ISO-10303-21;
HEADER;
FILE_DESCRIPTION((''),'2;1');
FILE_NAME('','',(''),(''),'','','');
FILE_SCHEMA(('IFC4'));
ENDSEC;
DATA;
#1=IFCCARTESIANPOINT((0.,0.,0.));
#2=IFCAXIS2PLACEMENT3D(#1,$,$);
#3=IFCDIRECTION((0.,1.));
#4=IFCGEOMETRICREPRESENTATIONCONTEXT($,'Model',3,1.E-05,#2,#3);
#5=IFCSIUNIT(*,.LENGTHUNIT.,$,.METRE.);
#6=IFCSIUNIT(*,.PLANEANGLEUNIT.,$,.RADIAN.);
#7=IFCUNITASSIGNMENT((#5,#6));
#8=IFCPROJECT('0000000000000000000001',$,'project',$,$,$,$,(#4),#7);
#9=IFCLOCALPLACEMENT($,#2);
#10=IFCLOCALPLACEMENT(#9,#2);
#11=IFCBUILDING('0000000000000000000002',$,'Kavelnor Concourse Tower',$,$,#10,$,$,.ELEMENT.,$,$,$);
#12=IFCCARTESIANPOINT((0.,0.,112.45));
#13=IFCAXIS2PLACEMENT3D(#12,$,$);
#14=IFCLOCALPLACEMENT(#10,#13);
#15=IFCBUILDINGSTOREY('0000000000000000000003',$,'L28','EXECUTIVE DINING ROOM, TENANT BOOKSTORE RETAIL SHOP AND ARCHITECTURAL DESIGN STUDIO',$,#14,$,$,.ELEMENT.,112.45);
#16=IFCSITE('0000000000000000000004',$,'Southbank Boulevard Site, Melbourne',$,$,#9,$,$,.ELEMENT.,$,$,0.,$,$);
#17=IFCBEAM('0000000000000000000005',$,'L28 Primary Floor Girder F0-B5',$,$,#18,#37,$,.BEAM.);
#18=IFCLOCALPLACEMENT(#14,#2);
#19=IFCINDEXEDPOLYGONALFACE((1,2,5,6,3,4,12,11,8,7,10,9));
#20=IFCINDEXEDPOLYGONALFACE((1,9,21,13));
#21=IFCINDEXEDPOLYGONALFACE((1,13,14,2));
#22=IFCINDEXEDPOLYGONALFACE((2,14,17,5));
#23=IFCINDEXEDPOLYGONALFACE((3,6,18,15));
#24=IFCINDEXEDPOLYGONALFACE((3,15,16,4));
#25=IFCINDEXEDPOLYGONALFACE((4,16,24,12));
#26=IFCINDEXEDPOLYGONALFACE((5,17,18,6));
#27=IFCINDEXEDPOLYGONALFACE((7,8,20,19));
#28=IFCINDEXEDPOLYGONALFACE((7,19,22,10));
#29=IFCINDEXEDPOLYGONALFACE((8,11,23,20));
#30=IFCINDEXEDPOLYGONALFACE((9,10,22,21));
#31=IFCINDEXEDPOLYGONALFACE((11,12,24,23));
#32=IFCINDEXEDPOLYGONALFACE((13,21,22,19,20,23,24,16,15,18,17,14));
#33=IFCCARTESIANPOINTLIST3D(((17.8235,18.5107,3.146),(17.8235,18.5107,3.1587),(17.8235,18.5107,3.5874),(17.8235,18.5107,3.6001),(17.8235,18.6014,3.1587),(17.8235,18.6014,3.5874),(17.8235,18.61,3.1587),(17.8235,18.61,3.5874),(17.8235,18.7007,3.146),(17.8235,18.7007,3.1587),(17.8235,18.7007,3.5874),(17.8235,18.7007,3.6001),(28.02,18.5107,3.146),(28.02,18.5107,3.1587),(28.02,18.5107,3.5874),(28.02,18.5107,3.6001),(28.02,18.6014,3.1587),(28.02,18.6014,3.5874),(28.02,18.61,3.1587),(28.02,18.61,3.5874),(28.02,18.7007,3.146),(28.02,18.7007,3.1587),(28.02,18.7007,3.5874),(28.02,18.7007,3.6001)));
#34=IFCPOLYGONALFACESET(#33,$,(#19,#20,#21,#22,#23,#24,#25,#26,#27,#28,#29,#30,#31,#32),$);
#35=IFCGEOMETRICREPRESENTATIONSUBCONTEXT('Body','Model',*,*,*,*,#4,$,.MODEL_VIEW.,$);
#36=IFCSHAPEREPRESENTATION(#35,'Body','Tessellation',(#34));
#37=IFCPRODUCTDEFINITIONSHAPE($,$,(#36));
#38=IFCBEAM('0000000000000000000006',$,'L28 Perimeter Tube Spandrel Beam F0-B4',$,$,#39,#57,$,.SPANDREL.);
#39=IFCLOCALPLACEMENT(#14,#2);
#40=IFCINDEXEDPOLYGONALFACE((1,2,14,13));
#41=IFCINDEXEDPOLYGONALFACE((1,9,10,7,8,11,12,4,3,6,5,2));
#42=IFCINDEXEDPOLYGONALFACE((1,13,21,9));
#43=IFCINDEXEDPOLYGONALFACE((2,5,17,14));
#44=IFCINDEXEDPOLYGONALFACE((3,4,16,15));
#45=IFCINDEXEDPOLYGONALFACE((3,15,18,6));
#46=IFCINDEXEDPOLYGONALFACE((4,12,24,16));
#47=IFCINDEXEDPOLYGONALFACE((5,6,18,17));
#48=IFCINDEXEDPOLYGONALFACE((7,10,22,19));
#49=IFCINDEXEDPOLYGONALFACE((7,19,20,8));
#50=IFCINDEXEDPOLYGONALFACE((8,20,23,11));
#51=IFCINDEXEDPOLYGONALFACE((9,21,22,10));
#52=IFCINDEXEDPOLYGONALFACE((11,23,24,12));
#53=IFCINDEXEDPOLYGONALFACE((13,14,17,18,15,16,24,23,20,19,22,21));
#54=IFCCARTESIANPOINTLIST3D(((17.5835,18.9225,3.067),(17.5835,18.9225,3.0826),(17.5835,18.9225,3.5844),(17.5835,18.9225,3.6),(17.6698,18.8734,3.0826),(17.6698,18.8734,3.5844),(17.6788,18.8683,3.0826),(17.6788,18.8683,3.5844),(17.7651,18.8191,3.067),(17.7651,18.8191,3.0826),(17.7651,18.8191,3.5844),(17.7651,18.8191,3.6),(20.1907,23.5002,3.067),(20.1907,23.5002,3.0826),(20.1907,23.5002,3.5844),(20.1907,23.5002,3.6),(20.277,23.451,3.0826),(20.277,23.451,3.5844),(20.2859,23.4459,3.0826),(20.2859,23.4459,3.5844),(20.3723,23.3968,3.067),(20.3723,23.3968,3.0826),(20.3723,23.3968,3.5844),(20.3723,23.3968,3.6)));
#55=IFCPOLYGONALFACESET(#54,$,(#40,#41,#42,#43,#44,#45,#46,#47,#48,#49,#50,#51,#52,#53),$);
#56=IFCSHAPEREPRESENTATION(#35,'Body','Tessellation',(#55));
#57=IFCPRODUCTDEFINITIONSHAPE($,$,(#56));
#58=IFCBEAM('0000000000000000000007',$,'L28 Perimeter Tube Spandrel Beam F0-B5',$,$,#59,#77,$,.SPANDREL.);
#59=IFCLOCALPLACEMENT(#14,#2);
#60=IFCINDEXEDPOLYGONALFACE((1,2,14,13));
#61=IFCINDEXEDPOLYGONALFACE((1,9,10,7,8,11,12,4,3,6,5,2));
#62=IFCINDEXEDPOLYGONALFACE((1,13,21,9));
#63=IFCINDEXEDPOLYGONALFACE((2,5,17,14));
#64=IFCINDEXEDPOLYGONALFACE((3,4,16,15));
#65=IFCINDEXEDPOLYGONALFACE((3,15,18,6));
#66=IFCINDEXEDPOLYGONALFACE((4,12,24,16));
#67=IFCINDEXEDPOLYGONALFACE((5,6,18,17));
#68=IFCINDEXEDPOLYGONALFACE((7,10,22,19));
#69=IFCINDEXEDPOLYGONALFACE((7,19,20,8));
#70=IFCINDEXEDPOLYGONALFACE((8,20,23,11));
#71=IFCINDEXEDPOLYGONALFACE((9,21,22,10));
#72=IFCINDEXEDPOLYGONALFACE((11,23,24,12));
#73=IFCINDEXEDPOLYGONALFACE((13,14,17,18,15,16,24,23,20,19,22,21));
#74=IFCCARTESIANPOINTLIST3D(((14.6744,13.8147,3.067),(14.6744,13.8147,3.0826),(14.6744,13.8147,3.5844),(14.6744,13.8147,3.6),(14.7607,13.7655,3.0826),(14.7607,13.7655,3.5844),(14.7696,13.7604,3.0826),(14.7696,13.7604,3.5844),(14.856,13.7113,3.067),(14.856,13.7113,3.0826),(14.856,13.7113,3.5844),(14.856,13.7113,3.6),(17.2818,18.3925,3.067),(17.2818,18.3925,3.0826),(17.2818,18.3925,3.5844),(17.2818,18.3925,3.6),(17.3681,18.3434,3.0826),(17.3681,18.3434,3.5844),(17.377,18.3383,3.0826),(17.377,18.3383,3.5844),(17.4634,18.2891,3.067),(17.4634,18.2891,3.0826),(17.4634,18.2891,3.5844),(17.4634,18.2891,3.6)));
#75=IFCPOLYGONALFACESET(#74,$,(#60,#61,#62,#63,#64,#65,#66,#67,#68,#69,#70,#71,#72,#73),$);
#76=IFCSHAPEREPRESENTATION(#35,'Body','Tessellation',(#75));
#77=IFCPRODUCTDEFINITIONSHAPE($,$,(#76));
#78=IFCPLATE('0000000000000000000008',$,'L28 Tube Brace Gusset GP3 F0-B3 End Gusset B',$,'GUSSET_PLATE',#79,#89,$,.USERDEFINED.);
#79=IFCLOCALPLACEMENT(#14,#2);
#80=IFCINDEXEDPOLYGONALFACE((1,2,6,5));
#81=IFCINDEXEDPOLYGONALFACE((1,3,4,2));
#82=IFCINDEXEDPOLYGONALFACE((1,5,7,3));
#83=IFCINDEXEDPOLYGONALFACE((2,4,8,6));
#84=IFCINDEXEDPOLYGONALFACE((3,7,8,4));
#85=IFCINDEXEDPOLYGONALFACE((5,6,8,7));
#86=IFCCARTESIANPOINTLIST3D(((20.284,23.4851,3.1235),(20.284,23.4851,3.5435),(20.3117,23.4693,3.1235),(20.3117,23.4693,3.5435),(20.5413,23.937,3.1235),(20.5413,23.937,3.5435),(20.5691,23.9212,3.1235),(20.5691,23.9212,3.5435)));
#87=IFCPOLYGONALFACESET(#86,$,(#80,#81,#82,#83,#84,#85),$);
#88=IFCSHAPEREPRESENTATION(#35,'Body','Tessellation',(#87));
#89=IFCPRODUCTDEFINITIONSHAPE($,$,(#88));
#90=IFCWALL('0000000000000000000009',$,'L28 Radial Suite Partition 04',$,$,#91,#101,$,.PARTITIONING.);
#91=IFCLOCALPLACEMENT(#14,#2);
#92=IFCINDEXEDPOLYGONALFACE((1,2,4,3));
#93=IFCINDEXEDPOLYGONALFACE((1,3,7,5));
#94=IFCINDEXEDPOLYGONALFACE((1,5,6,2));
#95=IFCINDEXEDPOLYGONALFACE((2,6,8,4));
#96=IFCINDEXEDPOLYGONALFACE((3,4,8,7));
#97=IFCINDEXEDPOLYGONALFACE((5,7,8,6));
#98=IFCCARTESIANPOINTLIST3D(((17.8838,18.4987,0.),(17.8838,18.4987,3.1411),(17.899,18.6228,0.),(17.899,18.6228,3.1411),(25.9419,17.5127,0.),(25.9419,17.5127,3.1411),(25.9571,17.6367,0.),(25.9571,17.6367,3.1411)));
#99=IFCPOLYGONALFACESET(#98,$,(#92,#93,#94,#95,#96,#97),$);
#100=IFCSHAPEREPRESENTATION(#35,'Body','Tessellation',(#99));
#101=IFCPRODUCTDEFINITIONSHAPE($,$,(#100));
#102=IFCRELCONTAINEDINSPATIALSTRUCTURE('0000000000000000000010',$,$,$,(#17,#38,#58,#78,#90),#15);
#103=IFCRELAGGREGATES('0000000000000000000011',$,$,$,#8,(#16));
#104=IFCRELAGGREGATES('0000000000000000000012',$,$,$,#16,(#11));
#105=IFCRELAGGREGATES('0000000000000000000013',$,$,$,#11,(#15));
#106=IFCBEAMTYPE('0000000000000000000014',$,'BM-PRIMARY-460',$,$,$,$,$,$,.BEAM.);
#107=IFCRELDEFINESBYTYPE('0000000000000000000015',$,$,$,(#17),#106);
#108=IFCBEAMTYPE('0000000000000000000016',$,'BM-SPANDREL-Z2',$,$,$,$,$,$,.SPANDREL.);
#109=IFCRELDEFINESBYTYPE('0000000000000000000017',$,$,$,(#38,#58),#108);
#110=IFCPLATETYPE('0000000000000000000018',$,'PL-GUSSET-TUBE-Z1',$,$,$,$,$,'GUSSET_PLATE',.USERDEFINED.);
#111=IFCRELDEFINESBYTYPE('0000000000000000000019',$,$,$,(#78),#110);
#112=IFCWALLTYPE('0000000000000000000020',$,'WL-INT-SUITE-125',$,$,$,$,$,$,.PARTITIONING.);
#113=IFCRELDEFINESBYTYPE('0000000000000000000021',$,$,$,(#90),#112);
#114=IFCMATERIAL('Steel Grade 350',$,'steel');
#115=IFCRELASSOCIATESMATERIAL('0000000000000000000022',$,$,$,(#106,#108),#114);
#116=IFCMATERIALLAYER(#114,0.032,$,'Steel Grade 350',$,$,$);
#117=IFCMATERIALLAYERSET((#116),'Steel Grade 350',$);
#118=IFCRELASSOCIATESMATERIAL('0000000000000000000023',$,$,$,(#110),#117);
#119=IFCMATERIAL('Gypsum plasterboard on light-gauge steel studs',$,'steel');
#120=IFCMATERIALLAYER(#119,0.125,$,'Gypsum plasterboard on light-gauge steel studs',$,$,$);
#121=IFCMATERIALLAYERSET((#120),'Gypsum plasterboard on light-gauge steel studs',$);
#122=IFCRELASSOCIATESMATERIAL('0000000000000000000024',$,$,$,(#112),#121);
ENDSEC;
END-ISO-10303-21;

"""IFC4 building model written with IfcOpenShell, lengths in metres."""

from ifc_helpers import new_model, si_unit, direction, frame, frame_2d, origin, origin_2d, place, context, subcontext, project, spatial, rectangle, i_section, extrude, material, layer, layer_set, material_profile, profile_set, type_object, element, save


model = new_model("IFC4")

# Units and contexts
model_context = context("Model", 3, precision=1e-05, world=origin(), true_north=direction((0.0, 1.0)))
body_context = subcontext(model_context, "Body", "Model", "MODEL_VIEW")
ifc_project = project(units=[si_unit("LENGTHUNIT", "METRE"), si_unit("PLANEANGLEUNIT", "RADIAN")], contexts=[model_context])

# Site, building, storey
site_placement = place(None, origin())
site = spatial("IfcSite", under=ifc_project, at=site_placement, Name="Southbank Boulevard Site, Melbourne", CompositionType="ELEMENT", RefElevation=0.0)
building_placement = place(site_placement, origin())
building = spatial("IfcBuilding", under=site, at=building_placement, Name="Kavelnor Concourse Tower", CompositionType="ELEMENT")
storey_placement = place(building_placement, frame((0.0, 0.0, 112.45)))
storey = spatial("IfcBuildingStorey", under=building, at=storey_placement, Name="L28", Description="EXECUTIVE DINING ROOM, TENANT BOOKSTORE RETAIL SHOP AND ARCHITECTURAL DESIGN STUDIO", CompositionType="ELEMENT", Elevation=112.45)

# Shared definitions
ifc_material_1 = material(Name="Steel Grade 350", Category="steel")

# Beams
ifc_material_profile_1 = material_profile(ifc_material_1, i_section(OverallWidth=0.1899, OverallDepth=0.4541, WebThickness=0.0085, FlangeThickness=0.0127, at=origin_2d()), Name="460UB67")
ifc_profile_set_1 = profile_set([ifc_material_profile_1], Name="Steel Grade 350")
beam_type_1 = type_object("IfcBeamType", Name="BM-PRIMARY-460", PredefinedType="BEAM", material=ifc_profile_set_1)
beam_1_placement = place(storey_placement, frame((28.02, 18.6057, 3.373), z_axis=(-1.0, 0.0, 0.0), x_axis=(0.0, -1.0, 0.0)))
element("IfcBeam", 1, at=beam_1_placement, inside=storey, type_object=beam_type_1, Name="L28 Primary Floor Girder F0-B5", PredefinedType="BEAM", context=body_context, shape_type="SweptSolid", body=[
    extrude(i_section(OverallWidth=0.1899, OverallDepth=0.4541, WebThickness=0.0085, FlangeThickness=0.0127, at=origin_2d()), origin(), (0.0, 0.0, 1.0), 10.1965),
])
ifc_material_profile_2 = material_profile(ifc_material_1, i_section(OverallWidth=0.209, OverallDepth=0.533, WebThickness=0.0103, FlangeThickness=0.0156, at=origin_2d()), Name="530UB92")
ifc_profile_set_2 = profile_set([ifc_material_profile_2], Name="Steel Grade 350")
beam_type_2 = type_object("IfcBeamType", Name="BM-SPANDREL-Z2", PredefinedType="SPANDREL", material=ifc_profile_set_2)
beam_2_placement = place(storey_placement, frame((20.2815, 23.4485, 3.3335), z_axis=(-0.494906, -0.868947, 0.0), x_axis=(0.868947, -0.494906, 0.0)))
element("IfcBeam", 2, at=beam_2_placement, inside=storey, type_object=beam_type_2, Name="L28 Perimeter Tube Spandrel Beam F0-B4", PredefinedType="SPANDREL", context=body_context, shape_type="SweptSolid", body=[
    extrude(i_section(OverallWidth=0.209, OverallDepth=0.533, WebThickness=0.0103, FlangeThickness=0.0156, at=origin_2d()), origin(), (0.0, 0.0, 1.0), 5.2681),
])
beam_3_placement = place(storey_placement, frame((17.3726, 18.3408, 3.3335), z_axis=(-0.494921, -0.868938, 0.0), x_axis=(0.868938, -0.494921, 0.0)))
element("IfcBeam", 3, at=beam_3_placement, inside=storey, type_object=beam_type_2, Name="L28 Perimeter Tube Spandrel Beam F0-B5", PredefinedType="SPANDREL", context=body_context, shape_type="SweptSolid", body=[
    extrude(i_section(OverallWidth=0.209, OverallDepth=0.533, WebThickness=0.0103, FlangeThickness=0.0156, at=origin_2d()), origin(), (0.0, 0.0, 1.0), 5.2683),
])

# Plate
ifc_layer_1 = layer(ifc_material_1, 0.032, Name="Steel Grade 350")
ifc_layer_set_1 = layer_set([ifc_layer_1], Name="Steel Grade 350")
plate_type = type_object("IfcPlateType", Name="PL-GUSSET-TUBE-Z1", ElementType="GUSSET_PLATE", PredefinedType="USERDEFINED", material=ifc_layer_set_1)
plate_placement = place(storey_placement, frame((20.4265, 23.7031, 3.1235), z_axis=(0.0, 0.0, 1.0), x_axis=(-0.494852, -0.868977, 0.0)))
element("IfcPlate", 4, at=plate_placement, inside=storey, type_object=plate_type, Name="L28 Tube Brace Gusset GP3 F0-B3 End Gusset B", ObjectType="GUSSET_PLATE", PredefinedType="USERDEFINED", context=body_context, shape_type="SweptSolid", body=[
    extrude(rectangle(XDim=0.52, YDim=0.032, at=origin_2d()), origin(), (0.0, 0.0, 1.0), 0.4199),
])

# Wall
ifc_material_2 = material(Name="Gypsum plasterboard on light-gauge steel studs", Category="steel")
ifc_layer_2 = layer(ifc_material_2, 0.125, Name="Gypsum plasterboard on light-gauge steel studs")
ifc_layer_set_2 = layer_set([ifc_layer_2], Name="Gypsum plasterboard on light-gauge steel studs")
wall_type_1 = type_object("IfcWallType", Name="WL-INT-SUITE-125", PredefinedType="PARTITIONING", material=ifc_layer_set_2)
wall_1_placement = place(storey_placement, frame((25.9495, 17.5747, 0.0), z_axis=(0.0, 0.0, 1.0), x_axis=(-0.992596, 0.121466, 0.0)))
element("IfcWall", 5, at=wall_1_placement, inside=storey, type_object=wall_type_1, Name="L28 Radial Suite Partition 04", PredefinedType="PARTITIONING", context=body_context, shape_type="SweptSolid", body=[
    extrude(rectangle(XDim=8.1182, YDim=0.125, at=frame_2d((4.0591, 0.0))), origin(), (0.0, 0.0, 1.0), 3.1411),
])

save(model, "model.ifc")
